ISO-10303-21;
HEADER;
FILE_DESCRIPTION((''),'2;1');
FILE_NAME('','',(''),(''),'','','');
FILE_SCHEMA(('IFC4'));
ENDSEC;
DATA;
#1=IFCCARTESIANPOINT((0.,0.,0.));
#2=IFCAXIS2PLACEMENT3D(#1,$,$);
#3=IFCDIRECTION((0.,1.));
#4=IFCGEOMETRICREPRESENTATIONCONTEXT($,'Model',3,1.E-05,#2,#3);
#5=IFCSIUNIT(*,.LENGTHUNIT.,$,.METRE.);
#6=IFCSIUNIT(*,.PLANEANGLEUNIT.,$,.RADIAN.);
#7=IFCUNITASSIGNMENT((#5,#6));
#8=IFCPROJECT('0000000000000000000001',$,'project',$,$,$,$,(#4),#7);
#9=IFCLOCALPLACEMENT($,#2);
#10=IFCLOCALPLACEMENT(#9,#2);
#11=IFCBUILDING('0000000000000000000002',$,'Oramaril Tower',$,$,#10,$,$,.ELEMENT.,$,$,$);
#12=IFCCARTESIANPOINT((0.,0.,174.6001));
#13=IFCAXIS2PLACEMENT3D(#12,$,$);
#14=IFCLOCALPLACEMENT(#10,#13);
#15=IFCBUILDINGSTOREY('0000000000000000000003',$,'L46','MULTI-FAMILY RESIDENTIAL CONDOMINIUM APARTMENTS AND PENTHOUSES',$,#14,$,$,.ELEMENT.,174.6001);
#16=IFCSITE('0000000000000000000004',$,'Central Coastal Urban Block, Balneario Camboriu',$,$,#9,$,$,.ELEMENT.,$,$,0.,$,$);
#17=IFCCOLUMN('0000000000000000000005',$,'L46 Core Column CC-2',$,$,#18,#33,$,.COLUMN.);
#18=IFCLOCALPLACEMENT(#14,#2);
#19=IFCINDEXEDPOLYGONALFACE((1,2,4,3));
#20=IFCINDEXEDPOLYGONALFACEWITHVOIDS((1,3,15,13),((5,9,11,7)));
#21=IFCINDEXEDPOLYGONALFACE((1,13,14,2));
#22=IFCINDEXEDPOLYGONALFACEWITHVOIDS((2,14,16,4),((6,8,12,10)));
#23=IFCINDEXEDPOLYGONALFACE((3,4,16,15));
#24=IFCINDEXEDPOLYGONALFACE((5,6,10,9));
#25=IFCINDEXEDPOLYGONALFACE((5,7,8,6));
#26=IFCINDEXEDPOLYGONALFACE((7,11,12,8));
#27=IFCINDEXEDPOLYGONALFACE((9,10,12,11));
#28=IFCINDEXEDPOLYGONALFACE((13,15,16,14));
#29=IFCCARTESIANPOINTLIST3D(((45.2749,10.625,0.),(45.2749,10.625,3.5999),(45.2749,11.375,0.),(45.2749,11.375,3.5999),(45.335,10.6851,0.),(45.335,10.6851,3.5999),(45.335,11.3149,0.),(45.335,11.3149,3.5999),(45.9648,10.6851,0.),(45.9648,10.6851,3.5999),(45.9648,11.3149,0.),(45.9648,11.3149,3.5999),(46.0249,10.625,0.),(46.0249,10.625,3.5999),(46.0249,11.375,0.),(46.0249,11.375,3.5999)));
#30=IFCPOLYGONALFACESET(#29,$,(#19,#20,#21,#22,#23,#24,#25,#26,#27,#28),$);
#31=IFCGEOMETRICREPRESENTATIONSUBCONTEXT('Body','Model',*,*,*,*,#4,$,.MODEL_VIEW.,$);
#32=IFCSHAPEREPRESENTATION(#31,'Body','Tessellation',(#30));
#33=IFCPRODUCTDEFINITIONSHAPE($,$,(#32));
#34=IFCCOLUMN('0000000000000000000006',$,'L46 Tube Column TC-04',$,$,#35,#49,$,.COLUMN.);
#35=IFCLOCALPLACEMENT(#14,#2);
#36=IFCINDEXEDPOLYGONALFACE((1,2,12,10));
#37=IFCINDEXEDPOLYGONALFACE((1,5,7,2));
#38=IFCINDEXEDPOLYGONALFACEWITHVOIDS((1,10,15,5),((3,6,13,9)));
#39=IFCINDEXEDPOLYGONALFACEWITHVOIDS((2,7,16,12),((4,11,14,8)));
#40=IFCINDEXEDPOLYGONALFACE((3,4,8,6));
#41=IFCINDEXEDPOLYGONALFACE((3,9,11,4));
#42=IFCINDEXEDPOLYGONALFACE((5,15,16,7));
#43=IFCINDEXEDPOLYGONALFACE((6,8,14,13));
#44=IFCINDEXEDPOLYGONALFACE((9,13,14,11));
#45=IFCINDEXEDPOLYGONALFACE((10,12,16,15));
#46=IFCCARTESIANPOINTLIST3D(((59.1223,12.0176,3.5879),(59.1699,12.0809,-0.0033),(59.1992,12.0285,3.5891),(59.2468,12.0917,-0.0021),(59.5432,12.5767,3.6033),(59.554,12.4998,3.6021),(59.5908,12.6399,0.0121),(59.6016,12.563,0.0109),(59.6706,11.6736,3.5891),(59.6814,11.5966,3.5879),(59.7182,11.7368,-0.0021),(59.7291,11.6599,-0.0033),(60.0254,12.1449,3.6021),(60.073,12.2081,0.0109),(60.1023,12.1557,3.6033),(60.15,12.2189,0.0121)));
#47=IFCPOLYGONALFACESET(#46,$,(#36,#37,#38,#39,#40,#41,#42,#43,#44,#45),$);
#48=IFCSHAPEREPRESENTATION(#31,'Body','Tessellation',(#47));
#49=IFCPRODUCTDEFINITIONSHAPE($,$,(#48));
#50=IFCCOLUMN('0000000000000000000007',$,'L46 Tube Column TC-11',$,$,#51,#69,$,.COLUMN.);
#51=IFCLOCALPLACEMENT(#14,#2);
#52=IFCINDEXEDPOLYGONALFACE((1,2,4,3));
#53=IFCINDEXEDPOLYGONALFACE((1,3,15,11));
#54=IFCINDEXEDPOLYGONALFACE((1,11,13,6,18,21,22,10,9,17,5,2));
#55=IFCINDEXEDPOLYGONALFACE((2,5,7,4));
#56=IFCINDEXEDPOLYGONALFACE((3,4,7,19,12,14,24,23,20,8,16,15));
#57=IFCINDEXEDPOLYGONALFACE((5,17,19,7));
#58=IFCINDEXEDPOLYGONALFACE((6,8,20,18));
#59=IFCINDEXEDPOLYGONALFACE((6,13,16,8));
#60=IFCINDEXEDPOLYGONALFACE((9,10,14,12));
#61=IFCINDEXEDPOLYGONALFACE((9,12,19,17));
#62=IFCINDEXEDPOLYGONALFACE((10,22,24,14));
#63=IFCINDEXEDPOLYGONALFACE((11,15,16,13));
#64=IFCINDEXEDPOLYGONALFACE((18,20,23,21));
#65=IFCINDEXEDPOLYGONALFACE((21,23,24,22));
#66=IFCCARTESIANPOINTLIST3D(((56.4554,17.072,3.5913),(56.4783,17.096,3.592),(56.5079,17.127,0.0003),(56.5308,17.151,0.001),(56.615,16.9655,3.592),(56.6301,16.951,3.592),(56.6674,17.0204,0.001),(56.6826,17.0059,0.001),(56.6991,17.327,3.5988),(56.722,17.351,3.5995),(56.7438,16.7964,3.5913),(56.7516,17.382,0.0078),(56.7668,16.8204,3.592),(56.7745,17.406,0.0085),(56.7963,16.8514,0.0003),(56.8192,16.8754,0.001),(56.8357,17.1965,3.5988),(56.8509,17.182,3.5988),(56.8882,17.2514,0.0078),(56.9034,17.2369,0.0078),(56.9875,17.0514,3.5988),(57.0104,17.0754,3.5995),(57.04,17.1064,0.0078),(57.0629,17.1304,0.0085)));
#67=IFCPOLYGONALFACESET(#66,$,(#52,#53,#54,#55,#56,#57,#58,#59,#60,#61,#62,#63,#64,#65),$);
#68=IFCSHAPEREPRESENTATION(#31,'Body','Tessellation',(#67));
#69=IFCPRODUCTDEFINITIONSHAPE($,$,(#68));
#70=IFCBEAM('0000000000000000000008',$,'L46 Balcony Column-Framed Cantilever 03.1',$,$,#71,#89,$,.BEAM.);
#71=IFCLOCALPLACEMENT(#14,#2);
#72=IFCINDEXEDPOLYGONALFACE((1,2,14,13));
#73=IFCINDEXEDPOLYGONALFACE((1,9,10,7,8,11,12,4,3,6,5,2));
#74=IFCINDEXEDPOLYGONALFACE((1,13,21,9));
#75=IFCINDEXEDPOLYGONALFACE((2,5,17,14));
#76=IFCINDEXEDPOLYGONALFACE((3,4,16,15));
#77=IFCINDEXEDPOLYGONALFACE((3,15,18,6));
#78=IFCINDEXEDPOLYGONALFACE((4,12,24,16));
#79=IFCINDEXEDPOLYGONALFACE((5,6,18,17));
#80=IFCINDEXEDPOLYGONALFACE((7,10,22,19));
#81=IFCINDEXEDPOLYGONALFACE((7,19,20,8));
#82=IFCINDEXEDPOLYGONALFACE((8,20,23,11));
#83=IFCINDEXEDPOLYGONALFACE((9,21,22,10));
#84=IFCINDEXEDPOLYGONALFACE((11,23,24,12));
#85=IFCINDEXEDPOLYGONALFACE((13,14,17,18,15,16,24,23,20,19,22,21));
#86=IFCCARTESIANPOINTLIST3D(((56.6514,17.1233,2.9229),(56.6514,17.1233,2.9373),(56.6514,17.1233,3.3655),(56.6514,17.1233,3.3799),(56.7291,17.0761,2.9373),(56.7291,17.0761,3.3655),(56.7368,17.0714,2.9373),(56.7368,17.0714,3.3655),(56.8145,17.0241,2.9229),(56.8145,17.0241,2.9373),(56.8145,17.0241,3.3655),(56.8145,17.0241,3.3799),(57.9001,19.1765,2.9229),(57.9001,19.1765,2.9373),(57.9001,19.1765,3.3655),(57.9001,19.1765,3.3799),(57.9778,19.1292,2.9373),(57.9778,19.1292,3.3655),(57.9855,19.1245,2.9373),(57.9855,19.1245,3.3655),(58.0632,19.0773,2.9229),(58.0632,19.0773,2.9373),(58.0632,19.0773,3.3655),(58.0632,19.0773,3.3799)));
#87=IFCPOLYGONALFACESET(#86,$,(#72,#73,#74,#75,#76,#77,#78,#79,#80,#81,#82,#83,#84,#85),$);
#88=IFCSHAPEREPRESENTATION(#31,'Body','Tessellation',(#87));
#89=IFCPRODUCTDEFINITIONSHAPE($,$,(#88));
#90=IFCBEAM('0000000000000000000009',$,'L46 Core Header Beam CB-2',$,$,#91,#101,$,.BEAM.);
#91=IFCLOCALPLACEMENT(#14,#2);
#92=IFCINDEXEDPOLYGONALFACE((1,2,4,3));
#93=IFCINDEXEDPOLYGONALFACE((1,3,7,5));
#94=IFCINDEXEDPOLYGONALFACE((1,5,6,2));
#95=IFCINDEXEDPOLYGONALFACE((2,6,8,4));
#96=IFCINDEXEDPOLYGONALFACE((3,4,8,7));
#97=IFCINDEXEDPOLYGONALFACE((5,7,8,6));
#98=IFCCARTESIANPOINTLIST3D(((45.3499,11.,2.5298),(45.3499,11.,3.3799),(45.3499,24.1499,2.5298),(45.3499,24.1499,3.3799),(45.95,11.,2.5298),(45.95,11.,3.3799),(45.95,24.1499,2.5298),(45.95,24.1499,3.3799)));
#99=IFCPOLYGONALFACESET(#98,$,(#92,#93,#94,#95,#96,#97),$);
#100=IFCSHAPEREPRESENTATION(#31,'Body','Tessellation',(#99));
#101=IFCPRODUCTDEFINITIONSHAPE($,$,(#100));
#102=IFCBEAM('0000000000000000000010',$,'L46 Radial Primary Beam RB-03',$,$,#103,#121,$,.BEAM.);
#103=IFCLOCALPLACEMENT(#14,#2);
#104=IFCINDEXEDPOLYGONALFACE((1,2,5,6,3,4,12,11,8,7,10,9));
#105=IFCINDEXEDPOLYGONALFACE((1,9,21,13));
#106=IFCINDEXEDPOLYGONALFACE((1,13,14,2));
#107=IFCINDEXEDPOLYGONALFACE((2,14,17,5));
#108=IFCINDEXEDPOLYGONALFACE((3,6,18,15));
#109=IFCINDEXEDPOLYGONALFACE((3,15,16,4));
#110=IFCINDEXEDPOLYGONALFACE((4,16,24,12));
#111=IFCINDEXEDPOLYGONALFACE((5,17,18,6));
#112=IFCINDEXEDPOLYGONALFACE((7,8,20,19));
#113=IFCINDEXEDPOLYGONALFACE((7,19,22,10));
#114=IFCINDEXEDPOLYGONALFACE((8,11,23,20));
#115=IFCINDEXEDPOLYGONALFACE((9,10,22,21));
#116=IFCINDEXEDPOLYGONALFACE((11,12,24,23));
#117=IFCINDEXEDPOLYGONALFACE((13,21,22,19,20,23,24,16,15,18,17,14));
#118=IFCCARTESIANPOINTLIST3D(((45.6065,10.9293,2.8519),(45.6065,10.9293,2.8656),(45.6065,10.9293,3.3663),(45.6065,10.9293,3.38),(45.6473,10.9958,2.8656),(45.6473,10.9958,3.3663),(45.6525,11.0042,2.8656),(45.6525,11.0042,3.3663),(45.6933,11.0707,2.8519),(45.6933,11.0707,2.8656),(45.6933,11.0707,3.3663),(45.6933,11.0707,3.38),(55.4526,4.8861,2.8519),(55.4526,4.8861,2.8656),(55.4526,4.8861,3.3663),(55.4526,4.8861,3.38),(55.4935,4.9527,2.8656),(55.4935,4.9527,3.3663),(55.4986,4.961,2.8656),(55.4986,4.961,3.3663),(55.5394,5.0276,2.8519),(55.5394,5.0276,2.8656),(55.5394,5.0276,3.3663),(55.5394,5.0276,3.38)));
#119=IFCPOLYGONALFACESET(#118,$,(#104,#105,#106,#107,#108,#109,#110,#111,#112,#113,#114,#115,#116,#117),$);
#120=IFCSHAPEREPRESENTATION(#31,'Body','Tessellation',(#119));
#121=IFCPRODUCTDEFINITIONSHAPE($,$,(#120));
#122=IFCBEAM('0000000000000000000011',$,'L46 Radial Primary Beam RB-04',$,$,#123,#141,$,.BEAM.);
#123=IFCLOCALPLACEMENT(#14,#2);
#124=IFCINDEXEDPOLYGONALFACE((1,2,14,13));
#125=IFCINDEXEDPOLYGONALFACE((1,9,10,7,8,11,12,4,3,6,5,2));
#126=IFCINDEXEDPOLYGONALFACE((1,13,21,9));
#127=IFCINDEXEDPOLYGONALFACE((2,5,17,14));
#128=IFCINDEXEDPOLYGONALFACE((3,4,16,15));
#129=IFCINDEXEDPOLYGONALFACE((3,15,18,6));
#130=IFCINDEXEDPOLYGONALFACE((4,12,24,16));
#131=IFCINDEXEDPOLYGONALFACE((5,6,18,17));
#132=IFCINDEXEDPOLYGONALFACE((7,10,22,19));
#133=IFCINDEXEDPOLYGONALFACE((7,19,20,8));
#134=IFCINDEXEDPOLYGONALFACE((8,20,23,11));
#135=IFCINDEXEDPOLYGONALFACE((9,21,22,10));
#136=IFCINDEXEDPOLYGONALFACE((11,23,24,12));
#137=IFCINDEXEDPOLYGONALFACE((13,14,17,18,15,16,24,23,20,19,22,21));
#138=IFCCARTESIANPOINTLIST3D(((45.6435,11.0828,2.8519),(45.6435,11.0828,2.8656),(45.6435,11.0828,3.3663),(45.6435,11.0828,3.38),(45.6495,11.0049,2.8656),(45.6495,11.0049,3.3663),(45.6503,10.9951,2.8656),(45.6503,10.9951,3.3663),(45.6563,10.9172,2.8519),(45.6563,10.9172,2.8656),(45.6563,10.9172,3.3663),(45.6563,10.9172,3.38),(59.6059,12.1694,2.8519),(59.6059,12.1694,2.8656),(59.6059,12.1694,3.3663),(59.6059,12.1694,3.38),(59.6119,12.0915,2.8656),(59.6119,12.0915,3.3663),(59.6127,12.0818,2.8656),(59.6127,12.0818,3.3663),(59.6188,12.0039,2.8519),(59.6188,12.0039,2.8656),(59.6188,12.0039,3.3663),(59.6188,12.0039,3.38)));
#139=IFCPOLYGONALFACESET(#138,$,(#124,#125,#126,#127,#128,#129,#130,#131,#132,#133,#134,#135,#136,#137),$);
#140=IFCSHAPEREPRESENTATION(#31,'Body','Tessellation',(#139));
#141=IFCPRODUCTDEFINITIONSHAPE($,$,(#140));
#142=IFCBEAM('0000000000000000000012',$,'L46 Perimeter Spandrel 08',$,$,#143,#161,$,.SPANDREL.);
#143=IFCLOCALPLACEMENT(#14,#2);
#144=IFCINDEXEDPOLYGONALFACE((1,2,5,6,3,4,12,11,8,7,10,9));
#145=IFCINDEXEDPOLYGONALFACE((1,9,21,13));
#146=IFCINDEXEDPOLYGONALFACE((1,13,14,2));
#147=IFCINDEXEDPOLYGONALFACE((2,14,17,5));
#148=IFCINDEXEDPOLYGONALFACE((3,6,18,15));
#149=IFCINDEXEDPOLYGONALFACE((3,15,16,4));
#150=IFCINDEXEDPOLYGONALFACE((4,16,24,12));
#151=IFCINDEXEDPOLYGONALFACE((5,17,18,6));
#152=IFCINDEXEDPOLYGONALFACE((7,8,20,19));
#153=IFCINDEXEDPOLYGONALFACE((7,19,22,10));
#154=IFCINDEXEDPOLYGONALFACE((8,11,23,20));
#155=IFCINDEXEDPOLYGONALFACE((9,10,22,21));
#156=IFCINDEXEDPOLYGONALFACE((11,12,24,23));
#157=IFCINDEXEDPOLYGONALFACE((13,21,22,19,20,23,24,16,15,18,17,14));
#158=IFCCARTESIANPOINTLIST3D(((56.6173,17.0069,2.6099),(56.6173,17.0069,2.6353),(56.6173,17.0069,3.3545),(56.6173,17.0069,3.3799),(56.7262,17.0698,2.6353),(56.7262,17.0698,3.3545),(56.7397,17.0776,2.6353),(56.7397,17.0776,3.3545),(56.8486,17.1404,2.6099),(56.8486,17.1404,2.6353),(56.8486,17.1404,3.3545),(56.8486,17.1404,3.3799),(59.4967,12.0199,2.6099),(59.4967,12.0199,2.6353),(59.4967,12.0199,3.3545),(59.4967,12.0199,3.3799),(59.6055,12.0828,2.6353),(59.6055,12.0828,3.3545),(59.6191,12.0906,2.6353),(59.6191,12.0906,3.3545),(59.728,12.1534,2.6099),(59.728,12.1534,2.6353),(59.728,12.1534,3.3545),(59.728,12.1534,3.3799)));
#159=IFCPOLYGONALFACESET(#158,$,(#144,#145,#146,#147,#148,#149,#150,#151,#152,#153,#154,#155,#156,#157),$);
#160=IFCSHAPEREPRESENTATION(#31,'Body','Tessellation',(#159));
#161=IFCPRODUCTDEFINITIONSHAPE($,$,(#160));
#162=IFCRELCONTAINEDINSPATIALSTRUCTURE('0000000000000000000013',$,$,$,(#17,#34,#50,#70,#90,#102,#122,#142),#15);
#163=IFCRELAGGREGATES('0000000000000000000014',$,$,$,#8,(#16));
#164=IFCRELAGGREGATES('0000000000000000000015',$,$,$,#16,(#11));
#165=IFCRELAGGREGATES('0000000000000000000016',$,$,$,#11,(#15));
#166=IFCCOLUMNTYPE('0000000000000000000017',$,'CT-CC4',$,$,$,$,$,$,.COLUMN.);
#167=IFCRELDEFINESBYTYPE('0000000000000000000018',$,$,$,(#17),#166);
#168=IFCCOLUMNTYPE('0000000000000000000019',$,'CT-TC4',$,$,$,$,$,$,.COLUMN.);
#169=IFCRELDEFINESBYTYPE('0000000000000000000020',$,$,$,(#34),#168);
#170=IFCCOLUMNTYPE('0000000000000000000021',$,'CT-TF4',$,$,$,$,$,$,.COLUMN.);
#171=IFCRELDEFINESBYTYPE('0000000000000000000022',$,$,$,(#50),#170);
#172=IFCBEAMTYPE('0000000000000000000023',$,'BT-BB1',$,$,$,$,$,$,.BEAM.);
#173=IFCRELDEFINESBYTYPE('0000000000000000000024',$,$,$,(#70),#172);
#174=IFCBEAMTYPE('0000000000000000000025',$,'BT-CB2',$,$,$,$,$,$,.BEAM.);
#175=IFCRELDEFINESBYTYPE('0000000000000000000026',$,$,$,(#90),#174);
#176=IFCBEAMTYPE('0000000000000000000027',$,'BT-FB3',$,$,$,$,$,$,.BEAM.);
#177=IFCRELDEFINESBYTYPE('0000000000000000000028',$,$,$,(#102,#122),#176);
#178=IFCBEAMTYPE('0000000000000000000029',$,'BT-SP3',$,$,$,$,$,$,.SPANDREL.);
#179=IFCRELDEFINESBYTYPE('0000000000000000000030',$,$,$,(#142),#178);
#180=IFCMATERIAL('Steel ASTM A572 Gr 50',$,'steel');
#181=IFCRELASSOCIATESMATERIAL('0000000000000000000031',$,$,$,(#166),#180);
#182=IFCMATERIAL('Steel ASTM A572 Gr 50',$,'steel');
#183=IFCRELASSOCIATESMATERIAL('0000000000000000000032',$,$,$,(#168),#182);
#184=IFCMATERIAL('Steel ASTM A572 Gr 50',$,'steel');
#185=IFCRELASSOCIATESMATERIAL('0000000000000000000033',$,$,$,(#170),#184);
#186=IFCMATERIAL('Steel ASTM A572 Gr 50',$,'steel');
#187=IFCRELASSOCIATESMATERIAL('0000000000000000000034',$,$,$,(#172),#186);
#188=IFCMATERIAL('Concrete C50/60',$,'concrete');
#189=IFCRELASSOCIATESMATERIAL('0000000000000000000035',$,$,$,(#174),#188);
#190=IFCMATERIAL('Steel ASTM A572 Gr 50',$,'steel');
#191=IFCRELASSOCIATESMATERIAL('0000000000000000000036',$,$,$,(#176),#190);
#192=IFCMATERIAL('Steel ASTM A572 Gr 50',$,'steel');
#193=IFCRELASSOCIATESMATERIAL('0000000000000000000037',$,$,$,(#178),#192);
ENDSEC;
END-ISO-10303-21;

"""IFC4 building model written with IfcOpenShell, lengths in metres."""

from ifc_helpers import new_model, si_unit, direction, frame, origin, origin_2d, place, context, subcontext, project, spatial, rectangle, hollow_rectangle, i_section, extrude, material, material_profile, profile_set, type_object, element, save


model = new_model("IFC4")

# Units and contexts
model_context = context("Model", 3, precision=1e-05, world=origin(), true_north=direction((0.0, 1.0)))
body_context = subcontext(model_context, "Body", "Model", "MODEL_VIEW")
ifc_project = project(units=[si_unit("LENGTHUNIT", "METRE"), si_unit("PLANEANGLEUNIT", "RADIAN")], contexts=[model_context])

# Site, building, storey
site_placement = place(None, origin())
site = spatial("IfcSite", under=ifc_project, at=site_placement, Name="Central Coastal Urban Block, Balneario Camboriu", CompositionType="ELEMENT", RefElevation=0.0)
building_placement = place(site_placement, origin())
building = spatial("IfcBuilding", under=site, at=building_placement, Name="Oramaril Tower", CompositionType="ELEMENT")
storey_placement = place(building_placement, frame((0.0, 0.0, 174.6001)))
storey = spatial("IfcBuildingStorey", under=building, at=storey_placement, Name="L46", Description="MULTI-FAMILY RESIDENTIAL CONDOMINIUM APARTMENTS AND PENTHOUSES", CompositionType="ELEMENT", Elevation=174.6001)

# Columns
ifc_material_1 = material(Name="Steel ASTM A572 Gr 50", Category="steel")
ifc_material_profile_1 = material_profile(ifc_material_1, hollow_rectangle(XDim=0.75, YDim=0.75, WallThickness=0.0601, at=origin_2d()), Name="BOX750X750X60")
ifc_profile_set_1 = profile_set([ifc_material_profile_1], Name="Steel ASTM A572 Gr 50")
column_type_1 = type_object("IfcColumnType", Name="CT-CC4", PredefinedType="COLUMN", material=ifc_profile_set_1)
column_1_placement = place(storey_placement, frame((45.6499, 11.0, 0.0), z_axis=(0.0, 0.0, 1.0), x_axis=(1.0, 0.0, 0.0)))
element("IfcColumn", 1, at=column_1_placement, inside=storey, type_object=column_type_1, Name="L46 Core Column CC-2", PredefinedType="COLUMN", context=body_context, shape_type="SweptSolid", body=[
    extrude(hollow_rectangle(XDim=0.75, YDim=0.75, WallThickness=0.0601, at=origin_2d()), origin(), (0.0, 0.0, 1.0), 3.5999),
])
ifc_material_2 = material(Name="Steel ASTM A572 Gr 50", Category="steel")
ifc_material_profile_2 = material_profile(ifc_material_2, hollow_rectangle(XDim=0.7, YDim=0.7, WallThickness=0.0549, at=origin_2d()), Name="BOX700X700X55")
ifc_profile_set_2 = profile_set([ifc_material_profile_2], Name="Steel ASTM A572 Gr 50")
column_type_2 = type_object("IfcColumnType", Name="CT-TC4", PredefinedType="COLUMN", material=ifc_profile_set_2)
column_2_placement = place(storey_placement, frame((59.6599, 12.1499, 0.0044), z_axis=(-0.013254, -0.017604, 0.999757), x_axis=(0.798888, -0.60148, 0.0)))
element("IfcColumn", 2, at=column_2_placement, inside=storey, type_object=column_type_2, Name="L46 Tube Column TC-04", PredefinedType="COLUMN", context=body_context, shape_type="SweptSolid", body=[
    extrude(hollow_rectangle(XDim=0.7, YDim=0.7, WallThickness=0.0549, at=origin_2d()), origin(), (0.0, 0.0, 1.0), 3.592),
])
ifc_material_3 = material(Name="Steel ASTM A572 Gr 50", Category="steel")
ifc_material_profile_3 = material_profile(ifc_material_3, i_section(OverallWidth=0.3989, OverallDepth=0.386, WebThickness=0.021, FlangeThickness=0.0332, at=origin_2d()), Name="W14X176")
ifc_profile_set_3 = profile_set([ifc_material_profile_3], Name="Steel ASTM A572 Gr 50")
column_type_3 = type_object("IfcColumnType", Name="CT-TF4", PredefinedType="COLUMN", material=ifc_profile_set_3)
column_3_placement = place(storey_placement, frame((56.7854, 17.1287, 0.0044), z_axis=(-0.014614, -0.015293, 0.999776), x_axis=(0.722991, -0.690858, 0.0)))
element("IfcColumn", 3, at=column_3_placement, inside=storey, type_object=column_type_3, Name="L46 Tube Column TC-11", PredefinedType="COLUMN", context=body_context, shape_type="SweptSolid", body=[
    extrude(i_section(OverallWidth=0.3989, OverallDepth=0.386, WebThickness=0.021, FlangeThickness=0.0332, at=origin_2d()), origin(), (0.0, 0.0, 1.0), 3.5918),
])

# Beams
ifc_material_4 = material(Name="Steel ASTM A572 Gr 50", Category="steel")
ifc_material_profile_4 = material_profile(ifc_material_4, i_section(OverallWidth=0.1909, OverallDepth=0.457, WebThickness=0.009, FlangeThickness=0.0144, at=origin_2d()), Name="W18X50")
ifc_profile_set_4 = profile_set([ifc_material_profile_4], Name="Steel ASTM A572 Gr 50")
beam_type_1 = type_object("IfcBeamType", Name="BT-BB1", PredefinedType="BEAM", material=ifc_profile_set_4)
beam_1_placement = place(storey_placement, frame((56.7329, 17.0737, 3.1514), z_axis=(0.519641, 0.854385, 0.0), x_axis=(-0.854385, 0.519641, 0.0)))
element("IfcBeam", 4, at=beam_1_placement, inside=storey, type_object=beam_type_1, Name="L46 Balcony Column-Framed Cantilever 03.1", PredefinedType="BEAM", context=body_context, shape_type="SweptSolid", body=[
    extrude(i_section(OverallWidth=0.1909, OverallDepth=0.457, WebThickness=0.009, FlangeThickness=0.0144, at=origin_2d()), origin(), (0.0, 0.0, 1.0), 2.4031),
])
ifc_material_5 = material(Name="Concrete C50/60", Category="concrete")
ifc_material_profile_5 = material_profile(ifc_material_5, rectangle(XDim=0.6001, YDim=0.8501, at=origin_2d()), Name="CB600X850")
ifc_profile_set_5 = profile_set([ifc_material_profile_5], Name="Concrete C50/60")
beam_type_2 = type_object("IfcBeamType", Name="BT-CB2", PredefinedType="BEAM", material=ifc_profile_set_5)
beam_2_placement = place(storey_placement, frame((45.6499, 11.0, 2.9548), z_axis=(0.0, 1.0, 0.0), x_axis=(-1.0, 0.0, 0.0)))
element("IfcBeam", 5, at=beam_2_placement, inside=storey, type_object=beam_type_2, Name="L46 Core Header Beam CB-2", PredefinedType="BEAM", context=body_context, shape_type="SweptSolid", body=[
    extrude(rectangle(XDim=0.6001, YDim=0.8501, at=origin_2d()), origin(), (0.0, 0.0, 1.0), 13.1499),
])
ifc_material_6 = material(Name="Steel ASTM A572 Gr 50", Category="steel")
ifc_material_profile_6 = material_profile(ifc_material_6, i_section(OverallWidth=0.166, OverallDepth=0.5281, WebThickness=0.0098, FlangeThickness=0.0137, at=origin_2d()), Name="W21X50")
ifc_profile_set_6 = profile_set([ifc_material_profile_6], Name="Steel ASTM A572 Gr 50")
beam_type_3 = type_object("IfcBeamType", Name="BT-FB3", PredefinedType="BEAM", material=ifc_profile_set_6)
beam_3_placement = place(storey_placement, frame((45.6499, 11.0, 3.116), z_axis=(0.852275, -0.523094, 0.0), x_axis=(0.523094, 0.852275, 0.0)))
element("IfcBeam", 6, at=beam_3_placement, inside=storey, type_object=beam_type_3, Name="L46 Radial Primary Beam RB-03", PredefinedType="BEAM", context=body_context, shape_type="SweptSolid", body=[
    extrude(i_section(OverallWidth=0.166, OverallDepth=0.5281, WebThickness=0.0098, FlangeThickness=0.0137, at=origin_2d()), origin(), (0.0, 0.0, 1.0), 11.5527),
])
beam_4_placement = place(storey_placement, frame((45.6499, 11.0, 3.116), z_axis=(0.996985, 0.077594, 0.0), x_axis=(-0.077594, 0.996985, 0.0)))
element("IfcBeam", 7, at=beam_4_placement, inside=storey, type_object=beam_type_3, Name="L46 Radial Primary Beam RB-04", PredefinedType="BEAM", context=body_context, shape_type="SweptSolid", body=[
    extrude(i_section(OverallWidth=0.166, OverallDepth=0.5281, WebThickness=0.0098, FlangeThickness=0.0137, at=origin_2d()), origin(), (0.0, 0.0, 1.0), 14.0046),
])
ifc_material_7 = material(Name="Steel ASTM A572 Gr 50", Category="steel")
ifc_material_profile_7 = material_profile(ifc_material_7, i_section(OverallWidth=0.2671, OverallDepth=0.77, WebThickness=0.0156, FlangeThickness=0.0254, at=origin_2d()), Name="W30X132")
ifc_profile_set_7 = profile_set([ifc_material_profile_7], Name="Steel ASTM A572 Gr 50")
beam_type_4 = type_object("IfcBeamType", Name="BT-SP3", PredefinedType="SPANDREL", material=ifc_profile_set_7)
beam_5_placement = place(storey_placement, frame((59.6123, 12.0867, 2.9949), z_axis=(-0.500015, 0.866017, 0.0), x_axis=(-0.866017, -0.500015, 0.0)))
element("IfcBeam", 8, at=beam_5_placement, inside=storey, type_object=beam_type_4, Name="L46 Perimeter Spandrel 08", PredefinedType="SPANDREL", context=body_context, shape_type="SweptSolid", body=[
    extrude(i_section(OverallWidth=0.2671, OverallDepth=0.77, WebThickness=0.0156, FlangeThickness=0.0254, at=origin_2d()), origin(), (0.0, 0.0, 1.0), 5.7585),
])

save(model, "model.ifc")
